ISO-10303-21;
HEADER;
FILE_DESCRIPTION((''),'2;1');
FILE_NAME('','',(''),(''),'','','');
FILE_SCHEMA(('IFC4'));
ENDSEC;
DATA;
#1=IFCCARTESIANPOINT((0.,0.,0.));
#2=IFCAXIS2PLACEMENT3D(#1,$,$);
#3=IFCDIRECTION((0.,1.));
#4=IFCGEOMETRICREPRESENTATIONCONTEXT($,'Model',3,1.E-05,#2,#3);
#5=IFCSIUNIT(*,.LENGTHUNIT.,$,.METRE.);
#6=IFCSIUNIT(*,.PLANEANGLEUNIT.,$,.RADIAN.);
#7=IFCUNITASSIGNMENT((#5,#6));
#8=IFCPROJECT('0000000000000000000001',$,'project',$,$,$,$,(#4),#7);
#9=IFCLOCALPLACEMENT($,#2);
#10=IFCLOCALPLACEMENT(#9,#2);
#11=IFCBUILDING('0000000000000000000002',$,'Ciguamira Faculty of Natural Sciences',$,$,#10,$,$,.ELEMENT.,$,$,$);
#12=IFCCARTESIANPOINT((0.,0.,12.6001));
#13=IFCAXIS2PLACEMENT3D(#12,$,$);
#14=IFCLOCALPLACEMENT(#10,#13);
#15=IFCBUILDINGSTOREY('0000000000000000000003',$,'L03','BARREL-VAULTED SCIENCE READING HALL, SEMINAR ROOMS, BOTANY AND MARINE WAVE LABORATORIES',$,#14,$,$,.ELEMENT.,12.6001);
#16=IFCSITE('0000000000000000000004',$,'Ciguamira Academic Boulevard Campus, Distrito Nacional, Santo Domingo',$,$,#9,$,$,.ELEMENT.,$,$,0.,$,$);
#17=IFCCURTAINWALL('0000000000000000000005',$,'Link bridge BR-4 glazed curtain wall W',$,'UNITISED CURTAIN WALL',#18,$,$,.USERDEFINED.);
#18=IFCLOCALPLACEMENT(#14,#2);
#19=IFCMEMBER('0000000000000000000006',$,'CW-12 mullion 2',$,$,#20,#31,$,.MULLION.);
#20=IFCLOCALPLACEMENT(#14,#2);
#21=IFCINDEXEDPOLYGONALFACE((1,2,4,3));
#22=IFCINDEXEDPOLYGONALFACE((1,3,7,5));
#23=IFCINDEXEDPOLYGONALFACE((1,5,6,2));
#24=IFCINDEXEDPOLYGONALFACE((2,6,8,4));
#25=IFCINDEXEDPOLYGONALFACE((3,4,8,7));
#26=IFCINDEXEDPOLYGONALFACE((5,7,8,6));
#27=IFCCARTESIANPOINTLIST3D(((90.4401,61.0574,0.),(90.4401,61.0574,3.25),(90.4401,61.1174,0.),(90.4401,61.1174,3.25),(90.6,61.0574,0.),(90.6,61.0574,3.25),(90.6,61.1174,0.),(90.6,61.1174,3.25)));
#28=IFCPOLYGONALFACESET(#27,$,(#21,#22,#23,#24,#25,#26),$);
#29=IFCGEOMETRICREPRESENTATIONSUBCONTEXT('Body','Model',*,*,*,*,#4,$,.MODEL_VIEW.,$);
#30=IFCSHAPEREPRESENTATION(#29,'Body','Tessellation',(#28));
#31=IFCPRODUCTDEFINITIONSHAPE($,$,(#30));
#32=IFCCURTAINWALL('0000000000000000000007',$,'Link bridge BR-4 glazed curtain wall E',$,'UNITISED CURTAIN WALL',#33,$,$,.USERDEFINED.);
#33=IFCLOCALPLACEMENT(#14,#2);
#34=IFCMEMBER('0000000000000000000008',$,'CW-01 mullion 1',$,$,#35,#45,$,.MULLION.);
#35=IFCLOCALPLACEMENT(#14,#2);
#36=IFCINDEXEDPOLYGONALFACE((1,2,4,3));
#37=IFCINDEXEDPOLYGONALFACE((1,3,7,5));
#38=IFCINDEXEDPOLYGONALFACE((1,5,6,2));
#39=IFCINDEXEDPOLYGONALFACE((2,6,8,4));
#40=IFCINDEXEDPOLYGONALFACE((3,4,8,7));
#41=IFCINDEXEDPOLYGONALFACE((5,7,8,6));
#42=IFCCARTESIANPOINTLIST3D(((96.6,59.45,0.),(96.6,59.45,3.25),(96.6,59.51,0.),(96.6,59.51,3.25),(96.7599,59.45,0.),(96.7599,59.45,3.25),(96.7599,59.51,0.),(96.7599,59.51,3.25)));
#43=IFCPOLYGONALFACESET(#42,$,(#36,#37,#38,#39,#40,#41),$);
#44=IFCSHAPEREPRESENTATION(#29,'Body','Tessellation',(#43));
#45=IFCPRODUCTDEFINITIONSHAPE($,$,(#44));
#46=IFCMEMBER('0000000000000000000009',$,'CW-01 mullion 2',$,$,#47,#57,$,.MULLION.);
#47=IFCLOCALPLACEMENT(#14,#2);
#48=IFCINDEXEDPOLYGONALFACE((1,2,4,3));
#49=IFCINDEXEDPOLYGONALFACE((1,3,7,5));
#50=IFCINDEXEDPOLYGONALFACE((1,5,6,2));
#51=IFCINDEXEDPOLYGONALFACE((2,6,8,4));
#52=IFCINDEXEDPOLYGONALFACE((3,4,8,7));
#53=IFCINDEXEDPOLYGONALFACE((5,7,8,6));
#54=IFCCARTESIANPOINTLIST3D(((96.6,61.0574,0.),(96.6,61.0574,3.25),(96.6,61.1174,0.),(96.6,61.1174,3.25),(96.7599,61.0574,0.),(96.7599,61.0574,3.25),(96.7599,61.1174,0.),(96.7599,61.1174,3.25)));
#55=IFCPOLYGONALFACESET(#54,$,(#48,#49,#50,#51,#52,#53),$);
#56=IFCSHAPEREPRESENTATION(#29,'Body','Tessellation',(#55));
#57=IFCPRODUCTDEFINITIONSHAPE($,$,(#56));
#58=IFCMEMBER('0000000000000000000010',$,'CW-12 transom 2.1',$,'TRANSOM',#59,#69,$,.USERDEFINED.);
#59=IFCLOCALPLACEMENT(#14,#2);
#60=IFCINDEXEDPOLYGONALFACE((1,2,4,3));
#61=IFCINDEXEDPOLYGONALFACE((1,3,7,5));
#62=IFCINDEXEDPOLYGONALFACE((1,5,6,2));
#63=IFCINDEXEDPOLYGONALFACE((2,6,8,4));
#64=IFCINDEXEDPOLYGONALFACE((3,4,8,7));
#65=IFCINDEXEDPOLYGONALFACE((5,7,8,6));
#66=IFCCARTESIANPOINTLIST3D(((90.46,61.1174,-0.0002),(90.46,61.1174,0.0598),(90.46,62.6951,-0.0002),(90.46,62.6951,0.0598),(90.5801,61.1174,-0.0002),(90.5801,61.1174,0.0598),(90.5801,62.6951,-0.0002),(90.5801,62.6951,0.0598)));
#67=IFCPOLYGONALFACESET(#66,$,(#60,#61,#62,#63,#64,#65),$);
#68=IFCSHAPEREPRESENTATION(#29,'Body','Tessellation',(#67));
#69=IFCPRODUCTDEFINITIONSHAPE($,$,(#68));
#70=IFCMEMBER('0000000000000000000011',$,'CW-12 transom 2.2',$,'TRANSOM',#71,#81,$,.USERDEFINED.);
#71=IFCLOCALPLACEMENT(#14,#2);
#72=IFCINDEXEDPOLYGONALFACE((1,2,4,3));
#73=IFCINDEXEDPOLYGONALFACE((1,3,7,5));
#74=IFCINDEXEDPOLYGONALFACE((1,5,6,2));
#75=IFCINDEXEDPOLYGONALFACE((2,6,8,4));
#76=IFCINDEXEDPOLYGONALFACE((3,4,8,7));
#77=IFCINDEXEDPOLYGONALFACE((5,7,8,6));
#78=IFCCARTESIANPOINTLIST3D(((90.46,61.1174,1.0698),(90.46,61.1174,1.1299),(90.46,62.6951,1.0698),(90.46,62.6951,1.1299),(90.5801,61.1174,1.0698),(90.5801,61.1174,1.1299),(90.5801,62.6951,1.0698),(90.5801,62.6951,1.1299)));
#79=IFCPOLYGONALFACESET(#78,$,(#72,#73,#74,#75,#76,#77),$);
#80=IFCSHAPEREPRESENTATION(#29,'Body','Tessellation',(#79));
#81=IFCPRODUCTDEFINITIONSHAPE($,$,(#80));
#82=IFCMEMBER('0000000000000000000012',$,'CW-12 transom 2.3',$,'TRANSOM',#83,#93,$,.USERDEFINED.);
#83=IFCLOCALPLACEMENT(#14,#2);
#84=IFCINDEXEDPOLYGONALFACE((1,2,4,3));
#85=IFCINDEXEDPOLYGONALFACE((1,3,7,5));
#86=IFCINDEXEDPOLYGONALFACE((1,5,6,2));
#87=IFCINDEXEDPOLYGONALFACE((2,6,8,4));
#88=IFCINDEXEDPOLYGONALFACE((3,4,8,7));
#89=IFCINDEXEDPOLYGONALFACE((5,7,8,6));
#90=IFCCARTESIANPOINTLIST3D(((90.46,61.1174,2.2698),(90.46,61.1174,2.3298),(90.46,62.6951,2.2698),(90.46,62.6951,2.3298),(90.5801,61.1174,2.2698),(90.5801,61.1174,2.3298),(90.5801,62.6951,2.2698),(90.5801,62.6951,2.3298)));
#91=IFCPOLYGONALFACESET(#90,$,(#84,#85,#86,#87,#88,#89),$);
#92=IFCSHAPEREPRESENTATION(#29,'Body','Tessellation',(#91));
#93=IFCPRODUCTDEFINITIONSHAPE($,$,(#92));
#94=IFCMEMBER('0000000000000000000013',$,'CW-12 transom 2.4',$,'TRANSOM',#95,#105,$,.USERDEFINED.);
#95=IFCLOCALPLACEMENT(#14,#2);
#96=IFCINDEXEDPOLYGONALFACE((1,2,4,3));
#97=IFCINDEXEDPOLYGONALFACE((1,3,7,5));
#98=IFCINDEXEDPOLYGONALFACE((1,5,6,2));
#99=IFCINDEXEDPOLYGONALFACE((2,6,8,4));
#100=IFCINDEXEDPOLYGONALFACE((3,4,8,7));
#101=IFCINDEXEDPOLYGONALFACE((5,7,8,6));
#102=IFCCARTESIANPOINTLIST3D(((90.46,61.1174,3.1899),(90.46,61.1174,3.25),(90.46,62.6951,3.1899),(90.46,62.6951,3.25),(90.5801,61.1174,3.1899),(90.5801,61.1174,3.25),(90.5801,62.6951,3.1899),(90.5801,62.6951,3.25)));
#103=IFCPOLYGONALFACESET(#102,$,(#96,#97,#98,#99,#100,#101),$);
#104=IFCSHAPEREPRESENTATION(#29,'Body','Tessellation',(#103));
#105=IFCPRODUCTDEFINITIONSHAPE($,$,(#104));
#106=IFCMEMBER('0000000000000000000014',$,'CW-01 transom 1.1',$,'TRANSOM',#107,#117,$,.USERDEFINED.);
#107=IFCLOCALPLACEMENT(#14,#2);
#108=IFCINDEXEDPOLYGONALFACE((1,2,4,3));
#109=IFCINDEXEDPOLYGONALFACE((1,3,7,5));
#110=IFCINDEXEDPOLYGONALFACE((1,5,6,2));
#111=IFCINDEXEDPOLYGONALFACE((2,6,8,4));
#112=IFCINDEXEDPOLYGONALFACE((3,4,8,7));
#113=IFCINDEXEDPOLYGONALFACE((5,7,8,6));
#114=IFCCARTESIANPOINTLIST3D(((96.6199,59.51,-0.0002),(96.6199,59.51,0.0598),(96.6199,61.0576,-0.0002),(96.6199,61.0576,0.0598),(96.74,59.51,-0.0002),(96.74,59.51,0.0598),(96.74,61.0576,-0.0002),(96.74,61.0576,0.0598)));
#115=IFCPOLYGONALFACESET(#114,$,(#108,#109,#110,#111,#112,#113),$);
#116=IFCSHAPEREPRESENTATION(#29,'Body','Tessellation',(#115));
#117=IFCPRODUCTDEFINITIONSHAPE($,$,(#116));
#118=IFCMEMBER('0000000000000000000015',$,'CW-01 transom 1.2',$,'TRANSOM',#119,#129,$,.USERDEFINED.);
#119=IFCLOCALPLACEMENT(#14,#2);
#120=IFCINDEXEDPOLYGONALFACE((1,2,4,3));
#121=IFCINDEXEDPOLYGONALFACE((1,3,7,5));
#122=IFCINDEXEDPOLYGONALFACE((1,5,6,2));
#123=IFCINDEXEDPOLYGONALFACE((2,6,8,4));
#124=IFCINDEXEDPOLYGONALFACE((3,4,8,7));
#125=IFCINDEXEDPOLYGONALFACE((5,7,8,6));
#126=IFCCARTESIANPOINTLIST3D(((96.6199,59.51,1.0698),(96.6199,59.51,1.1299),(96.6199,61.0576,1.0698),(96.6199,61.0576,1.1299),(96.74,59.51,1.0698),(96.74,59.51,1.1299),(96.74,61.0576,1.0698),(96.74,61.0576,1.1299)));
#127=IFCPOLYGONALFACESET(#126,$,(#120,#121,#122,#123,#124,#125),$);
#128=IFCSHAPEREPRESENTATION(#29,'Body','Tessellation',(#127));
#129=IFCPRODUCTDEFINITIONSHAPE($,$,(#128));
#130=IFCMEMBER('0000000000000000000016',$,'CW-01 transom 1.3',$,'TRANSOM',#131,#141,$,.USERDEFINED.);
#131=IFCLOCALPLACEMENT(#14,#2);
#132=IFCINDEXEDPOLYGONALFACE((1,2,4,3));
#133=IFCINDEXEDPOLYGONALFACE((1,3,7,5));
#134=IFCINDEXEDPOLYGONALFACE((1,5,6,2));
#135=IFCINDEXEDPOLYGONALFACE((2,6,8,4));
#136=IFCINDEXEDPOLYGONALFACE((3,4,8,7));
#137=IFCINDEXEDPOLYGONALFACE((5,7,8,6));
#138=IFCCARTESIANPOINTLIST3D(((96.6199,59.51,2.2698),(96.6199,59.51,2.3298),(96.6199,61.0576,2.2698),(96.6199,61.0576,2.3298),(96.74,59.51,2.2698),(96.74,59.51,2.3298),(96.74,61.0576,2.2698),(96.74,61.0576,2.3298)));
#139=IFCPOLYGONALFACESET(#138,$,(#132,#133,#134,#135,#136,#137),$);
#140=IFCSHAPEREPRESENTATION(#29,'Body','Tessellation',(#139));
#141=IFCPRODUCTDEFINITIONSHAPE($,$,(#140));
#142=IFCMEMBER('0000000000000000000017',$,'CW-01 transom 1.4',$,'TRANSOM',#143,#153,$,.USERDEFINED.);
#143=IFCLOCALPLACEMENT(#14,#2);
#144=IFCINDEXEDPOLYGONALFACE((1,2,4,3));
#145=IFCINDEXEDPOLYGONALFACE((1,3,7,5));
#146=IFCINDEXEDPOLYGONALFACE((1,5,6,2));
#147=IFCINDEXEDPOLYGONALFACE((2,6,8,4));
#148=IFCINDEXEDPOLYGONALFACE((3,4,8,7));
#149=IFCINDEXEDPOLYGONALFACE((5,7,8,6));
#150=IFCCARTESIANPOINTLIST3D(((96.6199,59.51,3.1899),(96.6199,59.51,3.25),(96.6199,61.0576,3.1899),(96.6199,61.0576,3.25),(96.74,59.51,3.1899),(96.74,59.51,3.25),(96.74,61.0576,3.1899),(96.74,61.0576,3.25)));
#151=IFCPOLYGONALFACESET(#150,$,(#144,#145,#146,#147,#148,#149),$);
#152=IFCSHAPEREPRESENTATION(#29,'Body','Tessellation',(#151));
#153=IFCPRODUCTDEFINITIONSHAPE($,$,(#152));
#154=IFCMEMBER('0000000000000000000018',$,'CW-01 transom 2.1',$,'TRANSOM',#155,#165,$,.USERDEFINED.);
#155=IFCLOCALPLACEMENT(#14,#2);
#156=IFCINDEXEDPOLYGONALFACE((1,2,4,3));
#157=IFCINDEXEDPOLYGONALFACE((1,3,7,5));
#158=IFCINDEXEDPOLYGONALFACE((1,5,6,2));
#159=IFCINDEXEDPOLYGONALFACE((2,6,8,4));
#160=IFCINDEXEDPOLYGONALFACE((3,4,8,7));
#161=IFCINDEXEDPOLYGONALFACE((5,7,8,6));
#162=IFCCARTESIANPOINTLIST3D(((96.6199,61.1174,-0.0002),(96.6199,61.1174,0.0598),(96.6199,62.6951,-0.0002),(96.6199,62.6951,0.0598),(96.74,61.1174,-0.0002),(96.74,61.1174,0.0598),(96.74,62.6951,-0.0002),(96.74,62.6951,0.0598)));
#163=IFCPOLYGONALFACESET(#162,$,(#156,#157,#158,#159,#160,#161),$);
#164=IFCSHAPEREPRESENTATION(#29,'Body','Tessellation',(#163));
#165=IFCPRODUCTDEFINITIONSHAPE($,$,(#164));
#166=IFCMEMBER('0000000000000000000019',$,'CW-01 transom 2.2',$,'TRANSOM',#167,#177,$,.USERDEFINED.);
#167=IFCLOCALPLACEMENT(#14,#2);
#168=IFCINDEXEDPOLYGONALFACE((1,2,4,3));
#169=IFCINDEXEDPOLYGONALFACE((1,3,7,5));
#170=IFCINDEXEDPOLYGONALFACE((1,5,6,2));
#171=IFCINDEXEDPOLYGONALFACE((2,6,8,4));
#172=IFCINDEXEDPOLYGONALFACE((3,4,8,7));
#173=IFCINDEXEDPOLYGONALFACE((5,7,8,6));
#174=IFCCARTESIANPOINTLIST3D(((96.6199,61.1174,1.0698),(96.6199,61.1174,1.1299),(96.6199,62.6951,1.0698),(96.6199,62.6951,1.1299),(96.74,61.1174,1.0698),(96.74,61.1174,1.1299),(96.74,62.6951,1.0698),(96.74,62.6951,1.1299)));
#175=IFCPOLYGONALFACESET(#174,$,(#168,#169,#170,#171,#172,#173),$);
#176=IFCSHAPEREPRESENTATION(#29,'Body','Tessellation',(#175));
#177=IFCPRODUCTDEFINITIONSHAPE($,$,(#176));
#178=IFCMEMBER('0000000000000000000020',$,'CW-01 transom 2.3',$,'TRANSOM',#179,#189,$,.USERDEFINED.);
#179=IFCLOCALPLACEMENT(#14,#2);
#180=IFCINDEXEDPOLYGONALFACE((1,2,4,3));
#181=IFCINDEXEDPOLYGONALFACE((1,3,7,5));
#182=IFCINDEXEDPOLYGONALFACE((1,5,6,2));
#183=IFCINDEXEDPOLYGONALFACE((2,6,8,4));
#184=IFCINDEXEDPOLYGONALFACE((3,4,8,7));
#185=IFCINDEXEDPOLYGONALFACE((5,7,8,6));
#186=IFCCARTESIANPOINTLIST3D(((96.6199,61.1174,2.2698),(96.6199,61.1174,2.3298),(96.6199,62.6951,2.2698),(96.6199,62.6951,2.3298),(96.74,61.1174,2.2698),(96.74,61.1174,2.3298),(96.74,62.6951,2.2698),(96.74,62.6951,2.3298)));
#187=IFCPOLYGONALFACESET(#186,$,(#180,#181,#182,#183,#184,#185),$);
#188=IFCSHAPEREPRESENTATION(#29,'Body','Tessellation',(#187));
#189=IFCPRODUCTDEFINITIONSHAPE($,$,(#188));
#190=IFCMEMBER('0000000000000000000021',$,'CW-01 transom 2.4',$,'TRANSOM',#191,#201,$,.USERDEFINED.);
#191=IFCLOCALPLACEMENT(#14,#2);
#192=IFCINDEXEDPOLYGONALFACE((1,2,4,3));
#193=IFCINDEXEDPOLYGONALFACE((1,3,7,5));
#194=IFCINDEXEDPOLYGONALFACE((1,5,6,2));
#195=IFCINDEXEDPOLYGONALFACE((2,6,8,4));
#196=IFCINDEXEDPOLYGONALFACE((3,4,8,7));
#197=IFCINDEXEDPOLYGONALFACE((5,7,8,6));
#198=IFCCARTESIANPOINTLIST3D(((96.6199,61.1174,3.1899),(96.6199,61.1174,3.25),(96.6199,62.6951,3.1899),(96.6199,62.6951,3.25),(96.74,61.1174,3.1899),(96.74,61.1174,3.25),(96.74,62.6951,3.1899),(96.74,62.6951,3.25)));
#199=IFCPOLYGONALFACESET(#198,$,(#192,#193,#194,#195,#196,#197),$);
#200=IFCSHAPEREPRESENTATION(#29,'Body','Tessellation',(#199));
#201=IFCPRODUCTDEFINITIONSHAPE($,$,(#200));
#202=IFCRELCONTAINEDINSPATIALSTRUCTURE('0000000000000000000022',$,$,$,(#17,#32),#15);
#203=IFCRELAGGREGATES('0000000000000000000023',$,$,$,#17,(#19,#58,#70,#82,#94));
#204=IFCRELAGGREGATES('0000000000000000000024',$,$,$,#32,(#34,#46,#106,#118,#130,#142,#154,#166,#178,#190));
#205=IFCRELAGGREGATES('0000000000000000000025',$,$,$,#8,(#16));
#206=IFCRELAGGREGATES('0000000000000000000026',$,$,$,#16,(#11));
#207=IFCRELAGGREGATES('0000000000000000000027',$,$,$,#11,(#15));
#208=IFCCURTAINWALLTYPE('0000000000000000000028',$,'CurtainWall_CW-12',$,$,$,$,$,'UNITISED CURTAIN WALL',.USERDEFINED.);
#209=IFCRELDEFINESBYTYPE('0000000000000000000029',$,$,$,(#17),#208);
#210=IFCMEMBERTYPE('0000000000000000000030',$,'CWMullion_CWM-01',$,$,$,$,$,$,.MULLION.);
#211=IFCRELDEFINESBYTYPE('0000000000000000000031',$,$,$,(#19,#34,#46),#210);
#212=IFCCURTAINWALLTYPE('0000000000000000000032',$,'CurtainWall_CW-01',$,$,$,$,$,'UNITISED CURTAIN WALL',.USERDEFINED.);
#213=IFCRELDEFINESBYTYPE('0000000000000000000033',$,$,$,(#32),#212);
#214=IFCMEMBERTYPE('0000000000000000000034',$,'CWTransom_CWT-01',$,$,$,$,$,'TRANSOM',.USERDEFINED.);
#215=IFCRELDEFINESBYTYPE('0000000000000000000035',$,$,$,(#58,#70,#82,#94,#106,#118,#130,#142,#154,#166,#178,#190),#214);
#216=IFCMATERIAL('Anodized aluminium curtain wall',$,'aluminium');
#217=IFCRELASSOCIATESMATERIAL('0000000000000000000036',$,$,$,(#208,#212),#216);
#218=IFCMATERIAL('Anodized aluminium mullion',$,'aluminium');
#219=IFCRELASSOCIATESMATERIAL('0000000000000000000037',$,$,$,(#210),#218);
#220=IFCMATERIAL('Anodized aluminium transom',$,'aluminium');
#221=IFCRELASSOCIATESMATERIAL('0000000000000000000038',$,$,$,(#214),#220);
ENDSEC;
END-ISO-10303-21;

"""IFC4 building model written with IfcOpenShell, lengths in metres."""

from ifc_helpers import new_model, si_unit, direction, frame, origin, origin_2d, place, context, subcontext, project, spatial, rectangle, extrude, material, material_profile, profile_set, type_object, element, aggregate, save


model = new_model("IFC4")

# Units and contexts
model_context = context("Model", 3, precision=1e-05, world=origin(), true_north=direction((0.0, 1.0)))
body_context = subcontext(model_context, "Body", "Model", "MODEL_VIEW")
ifc_project = project(units=[si_unit("LENGTHUNIT", "METRE"), si_unit("PLANEANGLEUNIT", "RADIAN")], contexts=[model_context])

# Site, building, storey
site_placement = place(None, origin())
site = spatial("IfcSite", under=ifc_project, at=site_placement, Name="Ciguamira Academic Boulevard Campus, Distrito Nacional, Santo Domingo", CompositionType="ELEMENT", RefElevation=0.0)
building_placement = place(site_placement, origin())
building = spatial("IfcBuilding", under=site, at=building_placement, Name="Ciguamira Faculty of Natural Sciences", CompositionType="ELEMENT")
storey_placement = place(building_placement, frame((0.0, 0.0, 12.6001)))
storey = spatial("IfcBuildingStorey", under=building, at=storey_placement, Name="L03", Description="BARREL-VAULTED SCIENCE READING HALL, SEMINAR ROOMS, BOTANY AND MARINE WAVE LABORATORIES", CompositionType="ELEMENT", Elevation=12.6001)

# Curtain wall, member
ifc_material_1 = material(Name="Anodized aluminium curtain wall", Category="aluminium")
curtain_wall_type_1 = type_object("IfcCurtainWallType", Name="CurtainWall_CW-12", ElementType="UNITISED CURTAIN WALL", PredefinedType="USERDEFINED", material=ifc_material_1)
curtain_wall_1_placement = place(storey_placement, origin())
curtain_wall_1 = element("IfcCurtainWall", 1, at=curtain_wall_1_placement, inside=storey, type_object=curtain_wall_type_1, Name="Link bridge BR-4 glazed curtain wall W", ObjectType="UNITISED CURTAIN WALL", PredefinedType="USERDEFINED")
ifc_material_2 = material(Name="Anodized aluminium mullion", Category="aluminium")
ifc_material_profile_1 = material_profile(ifc_material_2, rectangle(XDim=0.0601, YDim=0.1599, at=origin_2d()), Name="ALU-MUL-60X160")
ifc_profile_set_1 = profile_set([ifc_material_profile_1], Name="Anodized aluminium mullion")
member_type_1 = type_object("IfcMemberType", Name="CWMullion_CWM-01", PredefinedType="MULLION", material=ifc_profile_set_1)
member_1_placement = place(storey_placement, frame((90.52, 61.0874, 0.0), z_axis=(0.0, 0.0, 1.0), x_axis=(0.0, 1.0, 0.0)))
member_1 = element("IfcMember", 2, at=member_1_placement, type_object=member_type_1, Name="CW-12 mullion 2", PredefinedType="MULLION", context=body_context, shape_type="SweptSolid", body=[
    extrude(rectangle(XDim=0.0601, YDim=0.1599, at=origin_2d()), origin(), (0.0, 0.0, 1.0), 3.25),
])

# Curtain wall, members
curtain_wall_type_2 = type_object("IfcCurtainWallType", Name="CurtainWall_CW-01", ElementType="UNITISED CURTAIN WALL", PredefinedType="USERDEFINED", material=ifc_material_1)
curtain_wall_2_placement = place(storey_placement, origin())
curtain_wall_2 = element("IfcCurtainWall", 3, at=curtain_wall_2_placement, inside=storey, type_object=curtain_wall_type_2, Name="Link bridge BR-4 glazed curtain wall E", ObjectType="UNITISED CURTAIN WALL", PredefinedType="USERDEFINED")
member_2_placement = place(storey_placement, frame((96.6799, 59.48, 0.0), z_axis=(0.0, 0.0, 1.0), x_axis=(0.0, 1.0, 0.0)))
member_2 = element("IfcMember", 4, at=member_2_placement, type_object=member_type_1, Name="CW-01 mullion 1", PredefinedType="MULLION", context=body_context, shape_type="SweptSolid", body=[
    extrude(rectangle(XDim=0.0601, YDim=0.1599, at=origin_2d()), origin(), (0.0, 0.0, 1.0), 3.25),
])
member_3_placement = place(storey_placement, frame((96.6799, 61.0874, 0.0), z_axis=(0.0, 0.0, 1.0), x_axis=(0.0, 1.0, 0.0)))
member_3 = element("IfcMember", 5, at=member_3_placement, type_object=member_type_1, Name="CW-01 mullion 2", PredefinedType="MULLION", context=body_context, shape_type="SweptSolid", body=[
    extrude(rectangle(XDim=0.0601, YDim=0.1599, at=origin_2d()), origin(), (0.0, 0.0, 1.0), 3.25),
])

# Members
ifc_material_3 = material(Name="Anodized aluminium transom", Category="aluminium")
ifc_material_profile_2 = material_profile(ifc_material_3, rectangle(XDim=0.0601, YDim=0.1201, at=origin_2d()), Name="ALU-TRN-60X120")
ifc_profile_set_2 = profile_set([ifc_material_profile_2], Name="Anodized aluminium transom")
member_type_2 = type_object("IfcMemberType", Name="CWTransom_CWT-01", ElementType="TRANSOM", PredefinedType="USERDEFINED", material=ifc_profile_set_2)
member_4_placement = place(storey_placement, frame((90.52, 61.1174, 0.0298), z_axis=(0.0, 1.0, 0.0), x_axis=(0.0, 0.0, 1.0)))
member_4 = element("IfcMember", 6, at=member_4_placement, type_object=member_type_2, Name="CW-12 transom 2.1", ObjectType="TRANSOM", PredefinedType="USERDEFINED", context=body_context, shape_type="SweptSolid", body=[
    extrude(rectangle(XDim=0.0601, YDim=0.1201, at=origin_2d()), origin(), (0.0, 0.0, 1.0), 1.5776),
])
member_5_placement = place(storey_placement, frame((90.52, 61.1174, 1.0999), z_axis=(0.0, 1.0, 0.0), x_axis=(0.0, 0.0, 1.0)))
member_5 = element("IfcMember", 7, at=member_5_placement, type_object=member_type_2, Name="CW-12 transom 2.2", ObjectType="TRANSOM", PredefinedType="USERDEFINED", context=body_context, shape_type="SweptSolid", body=[
    extrude(rectangle(XDim=0.0601, YDim=0.1201, at=origin_2d()), origin(), (0.0, 0.0, 1.0), 1.5776),
])
member_6_placement = place(storey_placement, frame((90.52, 61.1174, 2.2998), z_axis=(0.0, 1.0, 0.0), x_axis=(0.0, 0.0, 1.0)))
member_6 = element("IfcMember", 8, at=member_6_placement, type_object=member_type_2, Name="CW-12 transom 2.3", ObjectType="TRANSOM", PredefinedType="USERDEFINED", context=body_context, shape_type="SweptSolid", body=[
    extrude(rectangle(XDim=0.0601, YDim=0.1201, at=origin_2d()), origin(), (0.0, 0.0, 1.0), 1.5776),
])
member_7_placement = place(storey_placement, frame((90.52, 61.1174, 3.22), z_axis=(0.0, 1.0, 0.0), x_axis=(0.0, 0.0, 1.0)))
member_7 = element("IfcMember", 9, at=member_7_placement, type_object=member_type_2, Name="CW-12 transom 2.4", ObjectType="TRANSOM", PredefinedType="USERDEFINED", context=body_context, shape_type="SweptSolid", body=[
    extrude(rectangle(XDim=0.0601, YDim=0.1201, at=origin_2d()), origin(), (0.0, 0.0, 1.0), 1.5776),
])
member_8_placement = place(storey_placement, frame((96.6799, 59.51, 0.0298), z_axis=(0.0, 1.0, 0.0), x_axis=(0.0, 0.0, 1.0)))
member_8 = element("IfcMember", 10, at=member_8_placement, type_object=member_type_2, Name="CW-01 transom 1.1", ObjectType="TRANSOM", PredefinedType="USERDEFINED", context=body_context, shape_type="SweptSolid", body=[
    extrude(rectangle(XDim=0.0601, YDim=0.1201, at=origin_2d()), origin(), (0.0, 0.0, 1.0), 1.5476),
])
member_9_placement = place(storey_placement, frame((96.6799, 59.51, 1.0999), z_axis=(0.0, 1.0, 0.0), x_axis=(0.0, 0.0, 1.0)))
member_9 = element("IfcMember", 11, at=member_9_placement, type_object=member_type_2, Name="CW-01 transom 1.2", ObjectType="TRANSOM", PredefinedType="USERDEFINED", context=body_context, shape_type="SweptSolid", body=[
    extrude(rectangle(XDim=0.0601, YDim=0.1201, at=origin_2d()), origin(), (0.0, 0.0, 1.0), 1.5476),
])
member_10_placement = place(storey_placement, frame((96.6799, 59.51, 2.2998), z_axis=(0.0, 1.0, 0.0), x_axis=(0.0, 0.0, 1.0)))
member_10 = element("IfcMember", 12, at=member_10_placement, type_object=member_type_2, Name="CW-01 transom 1.3", ObjectType="TRANSOM", PredefinedType="USERDEFINED", context=body_context, shape_type="SweptSolid", body=[
    extrude(rectangle(XDim=0.0601, YDim=0.1201, at=origin_2d()), origin(), (0.0, 0.0, 1.0), 1.5476),
])
member_11_placement = place(storey_placement, frame((96.6799, 59.51, 3.22), z_axis=(0.0, 1.0, 0.0), x_axis=(0.0, 0.0, 1.0)))
member_11 = element("IfcMember", 13, at=member_11_placement, type_object=member_type_2, Name="CW-01 transom 1.4", ObjectType="TRANSOM", PredefinedType="USERDEFINED", context=body_context, shape_type="SweptSolid", body=[
    extrude(rectangle(XDim=0.0601, YDim=0.1201, at=origin_2d()), origin(), (0.0, 0.0, 1.0), 1.5476),
])
member_12_placement = place(storey_placement, frame((96.6799, 61.1174, 0.0298), z_axis=(0.0, 1.0, 0.0), x_axis=(0.0, 0.0, 1.0)))
member_12 = element("IfcMember", 14, at=member_12_placement, type_object=member_type_2, Name="CW-01 transom 2.1", ObjectType="TRANSOM", PredefinedType="USERDEFINED", context=body_context, shape_type="SweptSolid", body=[
    extrude(rectangle(XDim=0.0601, YDim=0.1201, at=origin_2d()), origin(), (0.0, 0.0, 1.0), 1.5776),
])
member_13_placement = place(storey_placement, frame((96.6799, 61.1174, 1.0999), z_axis=(0.0, 1.0, 0.0), x_axis=(0.0, 0.0, 1.0)))
member_13 = element("IfcMember", 15, at=member_13_placement, type_object=member_type_2, Name="CW-01 transom 2.2", ObjectType="TRANSOM", PredefinedType="USERDEFINED", context=body_context, shape_type="SweptSolid", body=[
    extrude(rectangle(XDim=0.0601, YDim=0.1201, at=origin_2d()), origin(), (0.0, 0.0, 1.0), 1.5776),
])
member_14_placement = place(storey_placement, frame((96.6799, 61.1174, 2.2998), z_axis=(0.0, 1.0, 0.0), x_axis=(0.0, 0.0, 1.0)))
member_14 = element("IfcMember", 16, at=member_14_placement, type_object=member_type_2, Name="CW-01 transom 2.3", ObjectType="TRANSOM", PredefinedType="USERDEFINED", context=body_context, shape_type="SweptSolid", body=[
    extrude(rectangle(XDim=0.0601, YDim=0.1201, at=origin_2d()), origin(), (0.0, 0.0, 1.0), 1.5776),
])
member_15_placement = place(storey_placement, frame((96.6799, 61.1174, 3.22), z_axis=(0.0, 1.0, 0.0), x_axis=(0.0, 0.0, 1.0)))
member_15 = element("IfcMember", 17, at=member_15_placement, type_object=member_type_2, Name="CW-01 transom 2.4", ObjectType="TRANSOM", PredefinedType="USERDEFINED", context=body_context, shape_type="SweptSolid", body=[
    extrude(rectangle(XDim=0.0601, YDim=0.1201, at=origin_2d()), origin(), (0.0, 0.0, 1.0), 1.5776),
])

aggregate(curtain_wall_1, [member_1, member_4, member_5, member_6, member_7])
aggregate(curtain_wall_2, [member_2, member_3, member_8, member_9, member_10, member_11, member_12, member_13, member_14, member_15])

save(model, "model.ifc")
